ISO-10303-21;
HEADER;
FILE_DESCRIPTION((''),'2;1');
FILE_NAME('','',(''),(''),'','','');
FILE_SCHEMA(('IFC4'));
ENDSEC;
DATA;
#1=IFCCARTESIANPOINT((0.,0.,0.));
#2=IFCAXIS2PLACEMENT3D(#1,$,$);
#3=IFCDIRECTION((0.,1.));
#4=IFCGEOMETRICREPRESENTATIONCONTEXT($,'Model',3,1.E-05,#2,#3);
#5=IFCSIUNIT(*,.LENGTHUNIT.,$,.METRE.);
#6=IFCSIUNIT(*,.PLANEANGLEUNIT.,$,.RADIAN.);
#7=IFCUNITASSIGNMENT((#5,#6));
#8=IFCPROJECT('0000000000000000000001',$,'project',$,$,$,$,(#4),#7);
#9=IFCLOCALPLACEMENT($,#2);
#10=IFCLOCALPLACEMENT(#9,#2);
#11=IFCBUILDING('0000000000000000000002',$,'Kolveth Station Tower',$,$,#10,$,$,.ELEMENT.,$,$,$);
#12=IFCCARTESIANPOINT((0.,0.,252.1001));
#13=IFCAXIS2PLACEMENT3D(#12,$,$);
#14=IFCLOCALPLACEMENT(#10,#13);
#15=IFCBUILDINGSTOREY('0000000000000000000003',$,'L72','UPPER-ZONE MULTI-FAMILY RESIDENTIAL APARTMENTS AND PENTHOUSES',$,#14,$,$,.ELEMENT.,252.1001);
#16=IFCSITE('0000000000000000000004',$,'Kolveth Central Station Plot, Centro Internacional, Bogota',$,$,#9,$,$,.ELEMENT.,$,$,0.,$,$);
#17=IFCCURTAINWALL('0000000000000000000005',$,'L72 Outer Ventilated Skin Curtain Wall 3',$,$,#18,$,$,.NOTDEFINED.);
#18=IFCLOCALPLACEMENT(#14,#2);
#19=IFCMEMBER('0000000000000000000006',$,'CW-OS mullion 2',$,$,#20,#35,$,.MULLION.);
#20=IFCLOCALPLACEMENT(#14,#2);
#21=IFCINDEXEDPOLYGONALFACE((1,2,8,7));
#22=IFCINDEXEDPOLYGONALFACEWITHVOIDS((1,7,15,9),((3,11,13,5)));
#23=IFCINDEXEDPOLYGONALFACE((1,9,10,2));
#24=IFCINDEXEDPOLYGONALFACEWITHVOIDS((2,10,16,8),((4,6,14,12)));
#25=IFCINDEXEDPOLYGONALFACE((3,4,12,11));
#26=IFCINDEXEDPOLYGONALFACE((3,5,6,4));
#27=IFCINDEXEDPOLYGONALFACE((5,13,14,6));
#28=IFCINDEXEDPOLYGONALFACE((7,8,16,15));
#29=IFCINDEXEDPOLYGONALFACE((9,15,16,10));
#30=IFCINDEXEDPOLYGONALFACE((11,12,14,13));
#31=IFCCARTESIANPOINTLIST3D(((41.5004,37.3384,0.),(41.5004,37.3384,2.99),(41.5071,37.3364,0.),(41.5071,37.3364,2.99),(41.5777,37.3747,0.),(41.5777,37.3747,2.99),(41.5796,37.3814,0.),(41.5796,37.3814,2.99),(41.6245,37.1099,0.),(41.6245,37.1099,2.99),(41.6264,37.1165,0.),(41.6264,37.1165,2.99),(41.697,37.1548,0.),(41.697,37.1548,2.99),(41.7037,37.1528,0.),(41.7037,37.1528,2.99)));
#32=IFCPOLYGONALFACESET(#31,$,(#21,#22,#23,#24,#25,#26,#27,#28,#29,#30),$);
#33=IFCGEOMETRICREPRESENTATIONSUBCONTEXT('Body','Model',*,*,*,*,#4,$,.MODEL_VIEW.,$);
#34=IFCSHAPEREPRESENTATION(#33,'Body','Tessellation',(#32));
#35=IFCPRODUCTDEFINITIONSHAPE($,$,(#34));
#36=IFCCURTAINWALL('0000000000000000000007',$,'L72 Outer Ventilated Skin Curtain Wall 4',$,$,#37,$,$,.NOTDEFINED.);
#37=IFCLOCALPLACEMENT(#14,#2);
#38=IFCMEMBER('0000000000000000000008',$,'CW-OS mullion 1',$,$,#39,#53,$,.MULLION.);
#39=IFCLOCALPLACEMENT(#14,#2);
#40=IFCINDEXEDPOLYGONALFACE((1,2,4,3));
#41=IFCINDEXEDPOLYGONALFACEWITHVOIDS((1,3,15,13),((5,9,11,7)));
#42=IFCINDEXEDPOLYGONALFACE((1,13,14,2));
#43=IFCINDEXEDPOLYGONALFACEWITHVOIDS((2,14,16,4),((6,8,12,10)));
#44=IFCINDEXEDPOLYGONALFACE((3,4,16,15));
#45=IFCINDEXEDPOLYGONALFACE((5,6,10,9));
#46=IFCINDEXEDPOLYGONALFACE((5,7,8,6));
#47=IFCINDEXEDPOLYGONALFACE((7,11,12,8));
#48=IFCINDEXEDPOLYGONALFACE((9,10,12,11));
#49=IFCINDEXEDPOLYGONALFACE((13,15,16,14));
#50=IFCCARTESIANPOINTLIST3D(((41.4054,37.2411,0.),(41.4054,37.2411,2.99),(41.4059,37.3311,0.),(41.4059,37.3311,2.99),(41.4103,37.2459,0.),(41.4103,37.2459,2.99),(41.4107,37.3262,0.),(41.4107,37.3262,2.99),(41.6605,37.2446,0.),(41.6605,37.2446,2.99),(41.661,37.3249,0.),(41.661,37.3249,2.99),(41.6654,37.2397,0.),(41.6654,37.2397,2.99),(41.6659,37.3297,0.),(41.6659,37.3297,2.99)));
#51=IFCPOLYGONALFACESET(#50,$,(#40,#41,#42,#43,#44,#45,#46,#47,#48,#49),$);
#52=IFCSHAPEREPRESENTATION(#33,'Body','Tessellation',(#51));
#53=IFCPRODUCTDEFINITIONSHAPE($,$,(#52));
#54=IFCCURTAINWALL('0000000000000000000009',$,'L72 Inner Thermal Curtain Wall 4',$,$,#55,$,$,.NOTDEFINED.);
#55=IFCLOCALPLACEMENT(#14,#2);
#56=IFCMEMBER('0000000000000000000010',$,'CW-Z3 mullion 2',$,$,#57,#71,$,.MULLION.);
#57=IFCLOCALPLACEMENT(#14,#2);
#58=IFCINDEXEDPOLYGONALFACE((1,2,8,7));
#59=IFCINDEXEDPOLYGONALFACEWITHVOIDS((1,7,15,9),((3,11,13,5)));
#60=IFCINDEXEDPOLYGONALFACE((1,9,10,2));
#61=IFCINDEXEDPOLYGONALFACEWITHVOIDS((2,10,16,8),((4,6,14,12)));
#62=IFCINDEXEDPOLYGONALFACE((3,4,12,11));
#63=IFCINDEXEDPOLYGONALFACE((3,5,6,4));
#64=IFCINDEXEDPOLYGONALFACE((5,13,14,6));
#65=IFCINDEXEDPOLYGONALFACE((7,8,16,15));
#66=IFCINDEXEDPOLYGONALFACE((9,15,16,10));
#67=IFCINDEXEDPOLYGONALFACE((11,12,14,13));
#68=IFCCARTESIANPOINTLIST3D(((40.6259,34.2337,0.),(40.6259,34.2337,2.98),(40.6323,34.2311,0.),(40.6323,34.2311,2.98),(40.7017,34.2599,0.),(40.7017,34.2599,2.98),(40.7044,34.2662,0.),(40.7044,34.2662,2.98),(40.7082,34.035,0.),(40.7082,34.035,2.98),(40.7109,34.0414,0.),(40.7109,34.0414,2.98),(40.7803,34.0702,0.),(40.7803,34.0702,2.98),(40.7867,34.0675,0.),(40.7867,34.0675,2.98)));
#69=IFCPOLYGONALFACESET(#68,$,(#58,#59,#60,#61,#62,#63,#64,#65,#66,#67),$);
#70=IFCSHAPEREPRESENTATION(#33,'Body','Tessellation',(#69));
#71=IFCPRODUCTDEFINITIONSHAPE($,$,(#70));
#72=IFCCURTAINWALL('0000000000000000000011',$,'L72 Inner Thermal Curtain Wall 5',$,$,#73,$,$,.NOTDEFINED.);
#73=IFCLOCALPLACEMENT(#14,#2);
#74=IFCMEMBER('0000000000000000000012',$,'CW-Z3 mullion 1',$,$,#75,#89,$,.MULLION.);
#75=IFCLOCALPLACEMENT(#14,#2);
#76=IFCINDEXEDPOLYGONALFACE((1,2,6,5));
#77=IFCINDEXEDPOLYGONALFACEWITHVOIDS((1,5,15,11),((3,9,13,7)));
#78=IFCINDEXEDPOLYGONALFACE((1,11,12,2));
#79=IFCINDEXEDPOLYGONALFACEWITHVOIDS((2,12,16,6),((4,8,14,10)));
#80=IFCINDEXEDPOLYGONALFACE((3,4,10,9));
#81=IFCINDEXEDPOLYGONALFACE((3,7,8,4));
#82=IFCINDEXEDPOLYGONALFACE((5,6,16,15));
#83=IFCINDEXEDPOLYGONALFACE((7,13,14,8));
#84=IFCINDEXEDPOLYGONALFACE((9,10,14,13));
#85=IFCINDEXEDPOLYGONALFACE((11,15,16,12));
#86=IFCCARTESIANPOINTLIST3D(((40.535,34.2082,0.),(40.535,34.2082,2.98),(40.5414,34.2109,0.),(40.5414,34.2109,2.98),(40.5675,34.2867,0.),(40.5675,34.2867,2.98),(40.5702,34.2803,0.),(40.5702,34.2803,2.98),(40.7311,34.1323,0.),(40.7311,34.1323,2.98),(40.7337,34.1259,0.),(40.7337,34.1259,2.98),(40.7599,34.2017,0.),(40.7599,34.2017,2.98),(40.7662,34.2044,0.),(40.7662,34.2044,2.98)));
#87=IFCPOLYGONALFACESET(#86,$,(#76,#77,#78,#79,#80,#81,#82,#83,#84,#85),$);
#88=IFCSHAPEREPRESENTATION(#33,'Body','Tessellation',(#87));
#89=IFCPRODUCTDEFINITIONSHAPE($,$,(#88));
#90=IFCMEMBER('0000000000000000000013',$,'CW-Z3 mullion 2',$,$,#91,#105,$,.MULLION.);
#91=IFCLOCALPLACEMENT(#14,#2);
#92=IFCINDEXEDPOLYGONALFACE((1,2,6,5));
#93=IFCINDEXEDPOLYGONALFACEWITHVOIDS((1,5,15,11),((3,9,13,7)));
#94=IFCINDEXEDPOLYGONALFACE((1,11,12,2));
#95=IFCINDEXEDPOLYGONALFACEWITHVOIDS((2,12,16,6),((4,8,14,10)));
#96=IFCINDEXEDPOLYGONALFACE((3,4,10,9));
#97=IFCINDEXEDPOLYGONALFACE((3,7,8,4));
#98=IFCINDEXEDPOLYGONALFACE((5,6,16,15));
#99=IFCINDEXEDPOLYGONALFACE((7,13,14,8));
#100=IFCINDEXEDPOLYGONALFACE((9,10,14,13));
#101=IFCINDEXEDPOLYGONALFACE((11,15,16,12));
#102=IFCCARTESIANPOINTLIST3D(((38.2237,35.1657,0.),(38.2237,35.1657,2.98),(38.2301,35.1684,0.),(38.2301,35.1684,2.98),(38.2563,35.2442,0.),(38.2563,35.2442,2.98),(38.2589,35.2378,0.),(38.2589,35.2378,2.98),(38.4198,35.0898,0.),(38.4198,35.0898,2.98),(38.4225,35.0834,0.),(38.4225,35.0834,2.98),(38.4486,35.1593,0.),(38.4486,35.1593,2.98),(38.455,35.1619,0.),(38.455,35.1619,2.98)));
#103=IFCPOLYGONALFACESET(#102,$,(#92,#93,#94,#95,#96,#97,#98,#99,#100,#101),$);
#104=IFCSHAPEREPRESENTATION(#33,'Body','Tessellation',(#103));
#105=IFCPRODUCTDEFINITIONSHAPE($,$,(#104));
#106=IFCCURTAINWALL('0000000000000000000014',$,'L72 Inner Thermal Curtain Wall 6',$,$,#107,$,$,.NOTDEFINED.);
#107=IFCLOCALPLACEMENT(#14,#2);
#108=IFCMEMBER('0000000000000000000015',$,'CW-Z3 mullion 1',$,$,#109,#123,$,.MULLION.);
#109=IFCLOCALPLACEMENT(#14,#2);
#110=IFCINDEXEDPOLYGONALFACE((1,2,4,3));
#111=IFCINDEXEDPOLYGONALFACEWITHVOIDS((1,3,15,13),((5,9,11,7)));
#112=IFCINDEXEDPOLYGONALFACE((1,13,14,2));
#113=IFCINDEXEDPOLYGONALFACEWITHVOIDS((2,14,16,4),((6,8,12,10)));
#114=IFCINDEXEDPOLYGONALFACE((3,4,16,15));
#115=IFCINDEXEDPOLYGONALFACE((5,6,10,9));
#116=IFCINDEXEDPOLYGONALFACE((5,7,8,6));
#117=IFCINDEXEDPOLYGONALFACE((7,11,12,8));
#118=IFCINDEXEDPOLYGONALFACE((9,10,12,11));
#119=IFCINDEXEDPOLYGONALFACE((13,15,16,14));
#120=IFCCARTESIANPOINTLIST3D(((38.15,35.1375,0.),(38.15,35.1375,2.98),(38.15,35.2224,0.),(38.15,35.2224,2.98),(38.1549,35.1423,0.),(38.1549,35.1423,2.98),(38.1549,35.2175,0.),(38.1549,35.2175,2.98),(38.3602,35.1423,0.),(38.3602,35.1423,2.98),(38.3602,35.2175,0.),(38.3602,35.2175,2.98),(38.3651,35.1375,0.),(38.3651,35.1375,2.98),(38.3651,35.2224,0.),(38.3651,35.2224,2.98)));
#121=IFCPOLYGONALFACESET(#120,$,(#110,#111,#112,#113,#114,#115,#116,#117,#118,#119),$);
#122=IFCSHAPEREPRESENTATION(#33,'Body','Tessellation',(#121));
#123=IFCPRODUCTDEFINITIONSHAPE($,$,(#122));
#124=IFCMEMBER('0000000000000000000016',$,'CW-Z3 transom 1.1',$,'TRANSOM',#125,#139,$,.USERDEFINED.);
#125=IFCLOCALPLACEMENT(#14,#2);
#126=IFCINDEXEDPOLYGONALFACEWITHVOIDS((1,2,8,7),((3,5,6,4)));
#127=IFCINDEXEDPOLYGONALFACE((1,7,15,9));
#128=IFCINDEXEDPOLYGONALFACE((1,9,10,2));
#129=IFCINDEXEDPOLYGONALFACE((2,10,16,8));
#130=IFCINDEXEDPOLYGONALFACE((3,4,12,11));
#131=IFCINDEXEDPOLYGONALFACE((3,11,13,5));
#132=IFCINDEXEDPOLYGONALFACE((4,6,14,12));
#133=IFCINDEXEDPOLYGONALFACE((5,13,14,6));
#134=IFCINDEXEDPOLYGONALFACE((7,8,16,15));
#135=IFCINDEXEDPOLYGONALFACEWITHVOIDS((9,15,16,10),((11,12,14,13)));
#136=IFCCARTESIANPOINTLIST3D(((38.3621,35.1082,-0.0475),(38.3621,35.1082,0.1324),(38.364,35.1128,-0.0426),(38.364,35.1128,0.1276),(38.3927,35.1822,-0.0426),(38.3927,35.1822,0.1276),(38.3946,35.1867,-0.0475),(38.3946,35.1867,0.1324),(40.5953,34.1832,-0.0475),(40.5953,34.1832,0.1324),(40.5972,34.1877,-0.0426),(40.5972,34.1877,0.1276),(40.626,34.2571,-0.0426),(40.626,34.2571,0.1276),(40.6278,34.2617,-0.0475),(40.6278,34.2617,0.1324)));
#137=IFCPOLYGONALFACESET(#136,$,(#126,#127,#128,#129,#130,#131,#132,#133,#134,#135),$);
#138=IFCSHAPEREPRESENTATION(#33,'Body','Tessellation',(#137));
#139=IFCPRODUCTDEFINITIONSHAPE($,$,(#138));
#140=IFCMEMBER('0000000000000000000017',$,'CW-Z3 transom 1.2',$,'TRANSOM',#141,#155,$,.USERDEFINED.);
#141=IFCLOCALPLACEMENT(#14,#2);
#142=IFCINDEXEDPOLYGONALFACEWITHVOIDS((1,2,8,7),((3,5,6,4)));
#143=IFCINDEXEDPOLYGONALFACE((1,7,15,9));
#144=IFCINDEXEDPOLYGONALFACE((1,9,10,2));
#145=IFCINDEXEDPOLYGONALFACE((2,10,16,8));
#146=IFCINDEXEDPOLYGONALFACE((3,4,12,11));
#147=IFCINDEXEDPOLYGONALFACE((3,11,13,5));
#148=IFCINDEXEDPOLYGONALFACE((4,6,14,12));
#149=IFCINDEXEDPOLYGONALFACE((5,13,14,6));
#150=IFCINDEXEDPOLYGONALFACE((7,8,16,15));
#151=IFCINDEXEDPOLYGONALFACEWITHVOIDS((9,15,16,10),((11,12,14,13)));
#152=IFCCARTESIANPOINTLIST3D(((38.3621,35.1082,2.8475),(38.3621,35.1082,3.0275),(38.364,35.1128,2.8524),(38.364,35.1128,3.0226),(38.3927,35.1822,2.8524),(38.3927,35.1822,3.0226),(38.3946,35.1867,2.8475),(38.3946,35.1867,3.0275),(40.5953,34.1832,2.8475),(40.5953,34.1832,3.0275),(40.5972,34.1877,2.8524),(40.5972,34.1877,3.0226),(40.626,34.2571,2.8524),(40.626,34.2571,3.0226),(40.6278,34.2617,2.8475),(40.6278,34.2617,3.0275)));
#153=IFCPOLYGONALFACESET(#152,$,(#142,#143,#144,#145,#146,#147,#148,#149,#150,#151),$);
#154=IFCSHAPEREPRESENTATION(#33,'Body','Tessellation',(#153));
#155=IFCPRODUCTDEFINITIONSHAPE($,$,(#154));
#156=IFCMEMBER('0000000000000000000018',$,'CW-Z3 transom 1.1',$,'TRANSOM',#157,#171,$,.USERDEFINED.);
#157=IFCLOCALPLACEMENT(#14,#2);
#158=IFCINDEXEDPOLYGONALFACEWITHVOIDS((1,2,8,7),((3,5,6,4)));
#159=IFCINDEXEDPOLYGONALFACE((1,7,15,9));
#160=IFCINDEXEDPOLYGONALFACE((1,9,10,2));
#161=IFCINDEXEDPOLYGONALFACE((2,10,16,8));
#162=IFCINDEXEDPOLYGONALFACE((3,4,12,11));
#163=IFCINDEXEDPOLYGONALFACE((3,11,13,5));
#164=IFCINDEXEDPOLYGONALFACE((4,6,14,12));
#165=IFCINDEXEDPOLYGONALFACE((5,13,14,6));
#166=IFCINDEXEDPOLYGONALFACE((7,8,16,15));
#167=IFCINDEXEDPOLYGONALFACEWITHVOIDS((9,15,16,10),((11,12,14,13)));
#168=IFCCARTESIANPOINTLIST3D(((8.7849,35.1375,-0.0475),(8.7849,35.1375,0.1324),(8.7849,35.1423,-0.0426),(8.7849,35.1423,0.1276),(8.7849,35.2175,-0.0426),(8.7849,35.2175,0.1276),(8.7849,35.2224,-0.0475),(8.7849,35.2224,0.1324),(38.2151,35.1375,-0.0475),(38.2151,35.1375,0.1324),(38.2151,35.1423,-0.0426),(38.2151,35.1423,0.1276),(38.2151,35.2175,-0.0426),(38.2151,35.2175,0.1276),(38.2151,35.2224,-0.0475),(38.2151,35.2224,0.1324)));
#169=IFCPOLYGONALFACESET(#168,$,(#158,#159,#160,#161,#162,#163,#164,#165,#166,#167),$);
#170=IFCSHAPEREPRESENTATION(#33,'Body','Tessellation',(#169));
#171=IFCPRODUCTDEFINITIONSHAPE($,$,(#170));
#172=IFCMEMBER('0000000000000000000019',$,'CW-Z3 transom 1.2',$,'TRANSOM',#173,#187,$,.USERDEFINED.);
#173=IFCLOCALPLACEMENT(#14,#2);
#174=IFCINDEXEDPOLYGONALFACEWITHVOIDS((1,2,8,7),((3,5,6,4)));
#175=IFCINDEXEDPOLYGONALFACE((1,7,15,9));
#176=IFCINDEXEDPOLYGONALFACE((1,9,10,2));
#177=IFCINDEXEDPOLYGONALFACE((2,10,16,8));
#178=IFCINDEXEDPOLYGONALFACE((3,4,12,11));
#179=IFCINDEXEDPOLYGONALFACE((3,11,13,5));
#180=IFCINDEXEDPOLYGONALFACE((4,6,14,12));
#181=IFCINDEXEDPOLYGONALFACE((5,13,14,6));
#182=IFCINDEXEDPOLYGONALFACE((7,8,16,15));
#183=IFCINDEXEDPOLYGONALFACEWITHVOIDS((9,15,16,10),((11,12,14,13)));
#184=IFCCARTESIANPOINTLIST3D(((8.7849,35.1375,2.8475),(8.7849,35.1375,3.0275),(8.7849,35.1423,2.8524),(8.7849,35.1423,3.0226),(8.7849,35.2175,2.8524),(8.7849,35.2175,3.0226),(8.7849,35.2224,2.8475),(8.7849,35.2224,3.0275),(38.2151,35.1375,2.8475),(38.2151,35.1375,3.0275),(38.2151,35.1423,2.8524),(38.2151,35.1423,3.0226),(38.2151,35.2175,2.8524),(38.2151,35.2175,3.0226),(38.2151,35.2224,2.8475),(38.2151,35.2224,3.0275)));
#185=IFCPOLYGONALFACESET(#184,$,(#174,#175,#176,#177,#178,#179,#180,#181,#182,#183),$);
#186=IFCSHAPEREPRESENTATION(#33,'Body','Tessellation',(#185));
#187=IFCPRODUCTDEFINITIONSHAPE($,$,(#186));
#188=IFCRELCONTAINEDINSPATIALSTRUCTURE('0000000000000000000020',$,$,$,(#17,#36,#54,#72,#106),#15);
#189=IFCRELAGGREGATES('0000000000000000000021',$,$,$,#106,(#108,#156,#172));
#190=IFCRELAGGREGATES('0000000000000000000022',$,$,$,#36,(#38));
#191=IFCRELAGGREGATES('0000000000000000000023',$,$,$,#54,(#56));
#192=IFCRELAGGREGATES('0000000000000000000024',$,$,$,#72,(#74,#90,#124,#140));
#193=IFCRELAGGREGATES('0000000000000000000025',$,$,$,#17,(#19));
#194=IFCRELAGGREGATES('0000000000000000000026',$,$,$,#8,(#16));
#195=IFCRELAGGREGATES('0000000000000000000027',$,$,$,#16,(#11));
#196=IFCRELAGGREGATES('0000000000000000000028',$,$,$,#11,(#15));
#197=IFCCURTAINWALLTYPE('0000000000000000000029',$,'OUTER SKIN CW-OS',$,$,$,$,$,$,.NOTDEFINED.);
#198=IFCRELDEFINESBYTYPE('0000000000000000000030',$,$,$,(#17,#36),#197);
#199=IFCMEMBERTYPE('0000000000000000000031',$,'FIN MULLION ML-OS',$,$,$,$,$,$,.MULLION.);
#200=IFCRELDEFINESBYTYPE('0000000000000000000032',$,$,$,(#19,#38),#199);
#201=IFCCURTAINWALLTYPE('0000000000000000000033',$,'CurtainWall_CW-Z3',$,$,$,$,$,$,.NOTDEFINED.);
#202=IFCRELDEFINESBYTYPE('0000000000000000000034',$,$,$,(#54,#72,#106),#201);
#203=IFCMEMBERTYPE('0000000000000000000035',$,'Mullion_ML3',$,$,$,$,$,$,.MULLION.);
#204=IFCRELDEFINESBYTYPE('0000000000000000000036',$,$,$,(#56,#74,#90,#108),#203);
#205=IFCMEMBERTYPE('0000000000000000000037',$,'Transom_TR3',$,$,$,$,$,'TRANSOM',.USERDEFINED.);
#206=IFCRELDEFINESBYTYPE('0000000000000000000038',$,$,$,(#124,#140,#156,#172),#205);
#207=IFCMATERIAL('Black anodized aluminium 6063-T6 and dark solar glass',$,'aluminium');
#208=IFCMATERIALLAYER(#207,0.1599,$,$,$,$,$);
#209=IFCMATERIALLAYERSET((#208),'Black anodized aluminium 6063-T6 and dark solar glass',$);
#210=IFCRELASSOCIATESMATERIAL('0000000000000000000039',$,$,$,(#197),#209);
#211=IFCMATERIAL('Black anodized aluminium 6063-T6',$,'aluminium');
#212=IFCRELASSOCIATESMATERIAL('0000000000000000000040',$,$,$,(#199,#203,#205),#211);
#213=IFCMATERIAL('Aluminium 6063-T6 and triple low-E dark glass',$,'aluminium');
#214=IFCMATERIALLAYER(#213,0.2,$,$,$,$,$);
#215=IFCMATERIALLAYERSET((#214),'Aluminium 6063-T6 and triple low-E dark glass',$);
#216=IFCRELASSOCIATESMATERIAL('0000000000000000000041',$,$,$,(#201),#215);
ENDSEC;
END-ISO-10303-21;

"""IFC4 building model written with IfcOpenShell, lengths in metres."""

from ifc_helpers import new_model, si_unit, direction, frame, origin, origin_2d, place, context, subcontext, project, spatial, hollow_rectangle, extrude, source, transform, mapped, material, layer, layer_set, material_profile, profile_set, type_object, element, aggregate, save


model = new_model("IFC4")

# Units and contexts
model_context = context("Model", 3, precision=1e-05, world=origin(), true_north=direction((0.0, 1.0)))
body_context = subcontext(model_context, "Body", "Model", "MODEL_VIEW")
ifc_project = project(units=[si_unit("LENGTHUNIT", "METRE"), si_unit("PLANEANGLEUNIT", "RADIAN")], contexts=[model_context])

# Site, building, storey
site_placement = place(None, origin())
site = spatial("IfcSite", under=ifc_project, at=site_placement, Name="Kolveth Central Station Plot, Centro Internacional, Bogota", CompositionType="ELEMENT", RefElevation=0.0)
building_placement = place(site_placement, origin())
building = spatial("IfcBuilding", under=site, at=building_placement, Name="Kolveth Station Tower", CompositionType="ELEMENT")
storey_placement = place(building_placement, frame((0.0, 0.0, 252.1001)))
storey = spatial("IfcBuildingStorey", under=building, at=storey_placement, Name="L72", Description="UPPER-ZONE MULTI-FAMILY RESIDENTIAL APARTMENTS AND PENTHOUSES", CompositionType="ELEMENT", Elevation=252.1001)

# Curtain walls, members
ifc_material_1 = material(Name="Black anodized aluminium 6063-T6 and dark solar glass", Category="aluminium")
ifc_layer_1 = layer(ifc_material_1, 0.1599)
ifc_layer_set_1 = layer_set([ifc_layer_1], Name="Black anodized aluminium 6063-T6 and dark solar glass")
curtain_wall_type_1 = type_object("IfcCurtainWallType", Name="OUTER SKIN CW-OS", PredefinedType="NOTDEFINED", material=ifc_layer_set_1)
curtain_wall_1_placement = place(storey_placement, origin())
curtain_wall_1 = element("IfcCurtainWall", 1, at=curtain_wall_1_placement, inside=storey, type_object=curtain_wall_type_1, Name="L72 Outer Ventilated Skin Curtain Wall 3", PredefinedType="NOTDEFINED")
ifc_material_2 = material(Name="Black anodized aluminium 6063-T6", Category="aluminium")
ifc_material_profile_1 = material_profile(ifc_material_2, hollow_rectangle(XDim=0.0901, YDim=0.26, WallThickness=0.0049, at=origin_2d()), Name="ALU-90x260x5")
ifc_profile_set_1 = profile_set([ifc_material_profile_1], Name="Black anodized aluminium 6063-T6")
member_type_1 = type_object("IfcMemberType", Name="FIN MULLION ML-OS", PredefinedType="MULLION", material=ifc_profile_set_1)
shared_shape_1 = source(origin(), body_context, "Body", "SweptSolid", [
    extrude(hollow_rectangle(XDim=0.0901, YDim=0.26, WallThickness=0.0049, at=origin_2d()), origin(), (0.0, 0.0, 1.0), 2.99),
])
member_1_placement = place(storey_placement, frame((41.6021, 37.2456, 0.0), z_axis=(0.0, 0.0, 1.0), x_axis=(-0.878898, -0.47701, 0.0)))
member_1 = element("IfcMember", 2, at=member_1_placement, type_object=member_type_1, Name="CW-OS mullion 2", PredefinedType="MULLION", context=body_context, shape_type="MappedRepresentation", body=[
    mapped(shared_shape_1, transform((0.0, 0.0, 0.0), x_axis=(1.0, 0.0, 0.0), y_axis=(0.0, 1.0, 0.0), z_axis=(0.0, 0.0, 1.0), scale=1.0)),
])
curtain_wall_2_placement = place(storey_placement, origin())
curtain_wall_2 = element("IfcCurtainWall", 3, at=curtain_wall_2_placement, inside=storey, type_object=curtain_wall_type_1, Name="L72 Outer Ventilated Skin Curtain Wall 4", PredefinedType="NOTDEFINED")
member_2_placement = place(storey_placement, frame((41.5356, 37.2854, 0.0), z_axis=(0.0, 0.0, 1.0), x_axis=(-0.005381, -0.999986, 0.0)))
member_2 = element("IfcMember", 4, at=member_2_placement, type_object=member_type_1, Name="CW-OS mullion 1", PredefinedType="MULLION", context=body_context, shape_type="MappedRepresentation", body=[
    mapped(shared_shape_1, transform((0.0, 0.0, 0.0), x_axis=(1.0, 0.0, 0.0), y_axis=(0.0, 1.0, 0.0), z_axis=(0.0, 0.0, 1.0), scale=1.0)),
])
ifc_material_3 = material(Name="Aluminium 6063-T6 and triple low-E dark glass", Category="aluminium")
ifc_layer_2 = layer(ifc_material_3, 0.2)
ifc_layer_set_2 = layer_set([ifc_layer_2], Name="Aluminium 6063-T6 and triple low-E dark glass")
curtain_wall_type_2 = type_object("IfcCurtainWallType", Name="CurtainWall_CW-Z3", PredefinedType="NOTDEFINED", material=ifc_layer_set_2)
curtain_wall_3_placement = place(storey_placement, origin())
curtain_wall_3 = element("IfcCurtainWall", 5, at=curtain_wall_3_placement, inside=storey, type_object=curtain_wall_type_2, Name="L72 Inner Thermal Curtain Wall 4", PredefinedType="NOTDEFINED")
ifc_material_profile_2 = material_profile(ifc_material_2, hollow_rectangle(XDim=0.085, YDim=0.2151, WallThickness=0.0049, at=origin_2d()), Name="ALU-85x215x5")
ifc_profile_set_2 = profile_set([ifc_material_profile_2], Name="Black anodized aluminium 6063-T6")
member_type_2 = type_object("IfcMemberType", Name="Mullion_ML3", PredefinedType="MULLION", material=ifc_profile_set_2)
shared_shape_2 = source(origin(), body_context, "Body", "SweptSolid", [
    extrude(hollow_rectangle(XDim=0.085, YDim=0.2151, WallThickness=0.0049, at=origin_2d()), origin(), (0.0, 0.0, 1.0), 2.98),
])
member_3_placement = place(storey_placement, frame((40.7063, 34.1506, 0.0), z_axis=(0.0, 0.0, 1.0), x_axis=(-0.923875, -0.382693, 0.0)))
member_3 = element("IfcMember", 6, at=member_3_placement, type_object=member_type_2, Name="CW-Z3 mullion 2", PredefinedType="MULLION", context=body_context, shape_type="MappedRepresentation", body=[
    mapped(shared_shape_2, transform((0.0, 0.0, 0.0), x_axis=(1.0, 0.0, 0.0), y_axis=(0.0, 1.0, 0.0), z_axis=(0.0, 0.0, 1.0), scale=1.0)),
])

# Curtain wall, members
curtain_wall_4_placement = place(storey_placement, origin())
curtain_wall_4 = element("IfcCurtainWall", 7, at=curtain_wall_4_placement, inside=storey, type_object=curtain_wall_type_2, Name="L72 Inner Thermal Curtain Wall 5", PredefinedType="NOTDEFINED")
member_4_placement = place(storey_placement, frame((40.6506, 34.2063, 0.0), z_axis=(0.0, 0.0, 1.0), x_axis=(-0.382693, -0.923875, 0.0)))
member_4 = element("IfcMember", 8, at=member_4_placement, type_object=member_type_2, Name="CW-Z3 mullion 1", PredefinedType="MULLION", context=body_context, shape_type="MappedRepresentation", body=[
    mapped(shared_shape_2, transform((0.0, 0.0, 0.0), x_axis=(1.0, 0.0, 0.0), y_axis=(0.0, 1.0, 0.0), z_axis=(0.0, 0.0, 1.0), scale=1.0)),
])
member_5_placement = place(storey_placement, frame((38.3394, 35.1638, 0.0), z_axis=(0.0, 0.0, 1.0), x_axis=(-0.382693, -0.923875, 0.0)))
member_5 = element("IfcMember", 9, at=member_5_placement, type_object=member_type_2, Name="CW-Z3 mullion 2", PredefinedType="MULLION", context=body_context, shape_type="MappedRepresentation", body=[
    mapped(shared_shape_2, transform((0.0, 0.0, 0.0), x_axis=(1.0, 0.0, 0.0), y_axis=(0.0, 1.0, 0.0), z_axis=(0.0, 0.0, 1.0), scale=1.0)),
])

# Curtain wall, member
curtain_wall_5_placement = place(storey_placement, origin())
curtain_wall_5 = element("IfcCurtainWall", 10, at=curtain_wall_5_placement, inside=storey, type_object=curtain_wall_type_2, Name="L72 Inner Thermal Curtain Wall 6", PredefinedType="NOTDEFINED")
member_6_placement = place(storey_placement, frame((38.2576, 35.1799, 0.0), z_axis=(0.0, 0.0, 1.0), x_axis=(0.0, -1.0, 0.0)))
member_6 = element("IfcMember", 11, at=member_6_placement, type_object=member_type_2, Name="CW-Z3 mullion 1", PredefinedType="MULLION", context=body_context, shape_type="MappedRepresentation", body=[
    mapped(shared_shape_2, transform((0.0, 0.0, 0.0), x_axis=(1.0, 0.0, 0.0), y_axis=(0.0, 1.0, 0.0), z_axis=(0.0, 0.0, 1.0), scale=1.0)),
])

# Members
ifc_material_profile_3 = material_profile(ifc_material_2, hollow_rectangle(XDim=0.085, YDim=0.1799, WallThickness=0.0049, at=origin_2d()), Name="ALU-85x180x5")
ifc_profile_set_3 = profile_set([ifc_material_profile_3], Name="Black anodized aluminium 6063-T6")
member_type_3 = type_object("IfcMemberType", Name="Transom_TR3", ElementType="TRANSOM", PredefinedType="USERDEFINED", material=ifc_profile_set_3)
shared_shape_3 = source(origin(), body_context, "Body", "SweptSolid", [
    extrude(hollow_rectangle(XDim=0.085, YDim=0.1799, WallThickness=0.0049, at=origin_2d()), origin(), (0.0, 0.0, 1.0), 2.4172),
])
member_7_placement = place(storey_placement, frame((40.6116, 34.2224, 0.0425), z_axis=(-0.923873, 0.3827, 0.0), x_axis=(-0.3827, -0.923873, 0.0)))
member_7 = element("IfcMember", 12, at=member_7_placement, type_object=member_type_3, Name="CW-Z3 transom 1.1", ObjectType="TRANSOM", PredefinedType="USERDEFINED", context=body_context, shape_type="MappedRepresentation", body=[
    mapped(shared_shape_3, transform((0.0, 0.0, 0.0), x_axis=(1.0, 0.0, 0.0), y_axis=(0.0, 1.0, 0.0), z_axis=(0.0, 0.0, 1.0), scale=1.0)),
])
member_8_placement = place(storey_placement, frame((40.6116, 34.2224, 2.9375), z_axis=(-0.923873, 0.3827, 0.0), x_axis=(-0.3827, -0.923873, 0.0)))
member_8 = element("IfcMember", 13, at=member_8_placement, type_object=member_type_3, Name="CW-Z3 transom 1.2", ObjectType="TRANSOM", PredefinedType="USERDEFINED", context=body_context, shape_type="MappedRepresentation", body=[
    mapped(shared_shape_3, transform((0.0, 0.0, 0.0), x_axis=(1.0, 0.0, 0.0), y_axis=(0.0, 1.0, 0.0), z_axis=(0.0, 0.0, 1.0), scale=1.0)),
])
shared_shape_4 = source(origin(), body_context, "Body", "SweptSolid", [
    extrude(hollow_rectangle(XDim=0.085, YDim=0.1799, WallThickness=0.0049, at=origin_2d()), origin(), (0.0, 0.0, 1.0), 29.4302),
])
member_9_placement = place(storey_placement, frame((38.2151, 35.1799, 0.0425), z_axis=(-1.0, 0.0, 0.0), x_axis=(0.0, -1.0, 0.0)))
member_9 = element("IfcMember", 14, at=member_9_placement, type_object=member_type_3, Name="CW-Z3 transom 1.1", ObjectType="TRANSOM", PredefinedType="USERDEFINED", context=body_context, shape_type="MappedRepresentation", body=[
    mapped(shared_shape_4, transform((0.0, 0.0, 0.0), x_axis=(1.0, 0.0, 0.0), y_axis=(0.0, 1.0, 0.0), z_axis=(0.0, 0.0, 1.0), scale=1.0)),
])
member_10_placement = place(storey_placement, frame((38.2151, 35.1799, 2.9375), z_axis=(-1.0, 0.0, 0.0), x_axis=(0.0, -1.0, 0.0)))
member_10 = element("IfcMember", 15, at=member_10_placement, type_object=member_type_3, Name="CW-Z3 transom 1.2", ObjectType="TRANSOM", PredefinedType="USERDEFINED", context=body_context, shape_type="MappedRepresentation", body=[
    mapped(shared_shape_4, transform((0.0, 0.0, 0.0), x_axis=(1.0, 0.0, 0.0), y_axis=(0.0, 1.0, 0.0), z_axis=(0.0, 0.0, 1.0), scale=1.0)),
])
aggregate(curtain_wall_5, [member_6, member_9, member_10])
aggregate(curtain_wall_2, [member_2])

aggregate(curtain_wall_3, [member_3])
aggregate(curtain_wall_4, [member_4, member_5, member_7, member_8])
aggregate(curtain_wall_1, [member_1])

save(model, "model.ifc")
